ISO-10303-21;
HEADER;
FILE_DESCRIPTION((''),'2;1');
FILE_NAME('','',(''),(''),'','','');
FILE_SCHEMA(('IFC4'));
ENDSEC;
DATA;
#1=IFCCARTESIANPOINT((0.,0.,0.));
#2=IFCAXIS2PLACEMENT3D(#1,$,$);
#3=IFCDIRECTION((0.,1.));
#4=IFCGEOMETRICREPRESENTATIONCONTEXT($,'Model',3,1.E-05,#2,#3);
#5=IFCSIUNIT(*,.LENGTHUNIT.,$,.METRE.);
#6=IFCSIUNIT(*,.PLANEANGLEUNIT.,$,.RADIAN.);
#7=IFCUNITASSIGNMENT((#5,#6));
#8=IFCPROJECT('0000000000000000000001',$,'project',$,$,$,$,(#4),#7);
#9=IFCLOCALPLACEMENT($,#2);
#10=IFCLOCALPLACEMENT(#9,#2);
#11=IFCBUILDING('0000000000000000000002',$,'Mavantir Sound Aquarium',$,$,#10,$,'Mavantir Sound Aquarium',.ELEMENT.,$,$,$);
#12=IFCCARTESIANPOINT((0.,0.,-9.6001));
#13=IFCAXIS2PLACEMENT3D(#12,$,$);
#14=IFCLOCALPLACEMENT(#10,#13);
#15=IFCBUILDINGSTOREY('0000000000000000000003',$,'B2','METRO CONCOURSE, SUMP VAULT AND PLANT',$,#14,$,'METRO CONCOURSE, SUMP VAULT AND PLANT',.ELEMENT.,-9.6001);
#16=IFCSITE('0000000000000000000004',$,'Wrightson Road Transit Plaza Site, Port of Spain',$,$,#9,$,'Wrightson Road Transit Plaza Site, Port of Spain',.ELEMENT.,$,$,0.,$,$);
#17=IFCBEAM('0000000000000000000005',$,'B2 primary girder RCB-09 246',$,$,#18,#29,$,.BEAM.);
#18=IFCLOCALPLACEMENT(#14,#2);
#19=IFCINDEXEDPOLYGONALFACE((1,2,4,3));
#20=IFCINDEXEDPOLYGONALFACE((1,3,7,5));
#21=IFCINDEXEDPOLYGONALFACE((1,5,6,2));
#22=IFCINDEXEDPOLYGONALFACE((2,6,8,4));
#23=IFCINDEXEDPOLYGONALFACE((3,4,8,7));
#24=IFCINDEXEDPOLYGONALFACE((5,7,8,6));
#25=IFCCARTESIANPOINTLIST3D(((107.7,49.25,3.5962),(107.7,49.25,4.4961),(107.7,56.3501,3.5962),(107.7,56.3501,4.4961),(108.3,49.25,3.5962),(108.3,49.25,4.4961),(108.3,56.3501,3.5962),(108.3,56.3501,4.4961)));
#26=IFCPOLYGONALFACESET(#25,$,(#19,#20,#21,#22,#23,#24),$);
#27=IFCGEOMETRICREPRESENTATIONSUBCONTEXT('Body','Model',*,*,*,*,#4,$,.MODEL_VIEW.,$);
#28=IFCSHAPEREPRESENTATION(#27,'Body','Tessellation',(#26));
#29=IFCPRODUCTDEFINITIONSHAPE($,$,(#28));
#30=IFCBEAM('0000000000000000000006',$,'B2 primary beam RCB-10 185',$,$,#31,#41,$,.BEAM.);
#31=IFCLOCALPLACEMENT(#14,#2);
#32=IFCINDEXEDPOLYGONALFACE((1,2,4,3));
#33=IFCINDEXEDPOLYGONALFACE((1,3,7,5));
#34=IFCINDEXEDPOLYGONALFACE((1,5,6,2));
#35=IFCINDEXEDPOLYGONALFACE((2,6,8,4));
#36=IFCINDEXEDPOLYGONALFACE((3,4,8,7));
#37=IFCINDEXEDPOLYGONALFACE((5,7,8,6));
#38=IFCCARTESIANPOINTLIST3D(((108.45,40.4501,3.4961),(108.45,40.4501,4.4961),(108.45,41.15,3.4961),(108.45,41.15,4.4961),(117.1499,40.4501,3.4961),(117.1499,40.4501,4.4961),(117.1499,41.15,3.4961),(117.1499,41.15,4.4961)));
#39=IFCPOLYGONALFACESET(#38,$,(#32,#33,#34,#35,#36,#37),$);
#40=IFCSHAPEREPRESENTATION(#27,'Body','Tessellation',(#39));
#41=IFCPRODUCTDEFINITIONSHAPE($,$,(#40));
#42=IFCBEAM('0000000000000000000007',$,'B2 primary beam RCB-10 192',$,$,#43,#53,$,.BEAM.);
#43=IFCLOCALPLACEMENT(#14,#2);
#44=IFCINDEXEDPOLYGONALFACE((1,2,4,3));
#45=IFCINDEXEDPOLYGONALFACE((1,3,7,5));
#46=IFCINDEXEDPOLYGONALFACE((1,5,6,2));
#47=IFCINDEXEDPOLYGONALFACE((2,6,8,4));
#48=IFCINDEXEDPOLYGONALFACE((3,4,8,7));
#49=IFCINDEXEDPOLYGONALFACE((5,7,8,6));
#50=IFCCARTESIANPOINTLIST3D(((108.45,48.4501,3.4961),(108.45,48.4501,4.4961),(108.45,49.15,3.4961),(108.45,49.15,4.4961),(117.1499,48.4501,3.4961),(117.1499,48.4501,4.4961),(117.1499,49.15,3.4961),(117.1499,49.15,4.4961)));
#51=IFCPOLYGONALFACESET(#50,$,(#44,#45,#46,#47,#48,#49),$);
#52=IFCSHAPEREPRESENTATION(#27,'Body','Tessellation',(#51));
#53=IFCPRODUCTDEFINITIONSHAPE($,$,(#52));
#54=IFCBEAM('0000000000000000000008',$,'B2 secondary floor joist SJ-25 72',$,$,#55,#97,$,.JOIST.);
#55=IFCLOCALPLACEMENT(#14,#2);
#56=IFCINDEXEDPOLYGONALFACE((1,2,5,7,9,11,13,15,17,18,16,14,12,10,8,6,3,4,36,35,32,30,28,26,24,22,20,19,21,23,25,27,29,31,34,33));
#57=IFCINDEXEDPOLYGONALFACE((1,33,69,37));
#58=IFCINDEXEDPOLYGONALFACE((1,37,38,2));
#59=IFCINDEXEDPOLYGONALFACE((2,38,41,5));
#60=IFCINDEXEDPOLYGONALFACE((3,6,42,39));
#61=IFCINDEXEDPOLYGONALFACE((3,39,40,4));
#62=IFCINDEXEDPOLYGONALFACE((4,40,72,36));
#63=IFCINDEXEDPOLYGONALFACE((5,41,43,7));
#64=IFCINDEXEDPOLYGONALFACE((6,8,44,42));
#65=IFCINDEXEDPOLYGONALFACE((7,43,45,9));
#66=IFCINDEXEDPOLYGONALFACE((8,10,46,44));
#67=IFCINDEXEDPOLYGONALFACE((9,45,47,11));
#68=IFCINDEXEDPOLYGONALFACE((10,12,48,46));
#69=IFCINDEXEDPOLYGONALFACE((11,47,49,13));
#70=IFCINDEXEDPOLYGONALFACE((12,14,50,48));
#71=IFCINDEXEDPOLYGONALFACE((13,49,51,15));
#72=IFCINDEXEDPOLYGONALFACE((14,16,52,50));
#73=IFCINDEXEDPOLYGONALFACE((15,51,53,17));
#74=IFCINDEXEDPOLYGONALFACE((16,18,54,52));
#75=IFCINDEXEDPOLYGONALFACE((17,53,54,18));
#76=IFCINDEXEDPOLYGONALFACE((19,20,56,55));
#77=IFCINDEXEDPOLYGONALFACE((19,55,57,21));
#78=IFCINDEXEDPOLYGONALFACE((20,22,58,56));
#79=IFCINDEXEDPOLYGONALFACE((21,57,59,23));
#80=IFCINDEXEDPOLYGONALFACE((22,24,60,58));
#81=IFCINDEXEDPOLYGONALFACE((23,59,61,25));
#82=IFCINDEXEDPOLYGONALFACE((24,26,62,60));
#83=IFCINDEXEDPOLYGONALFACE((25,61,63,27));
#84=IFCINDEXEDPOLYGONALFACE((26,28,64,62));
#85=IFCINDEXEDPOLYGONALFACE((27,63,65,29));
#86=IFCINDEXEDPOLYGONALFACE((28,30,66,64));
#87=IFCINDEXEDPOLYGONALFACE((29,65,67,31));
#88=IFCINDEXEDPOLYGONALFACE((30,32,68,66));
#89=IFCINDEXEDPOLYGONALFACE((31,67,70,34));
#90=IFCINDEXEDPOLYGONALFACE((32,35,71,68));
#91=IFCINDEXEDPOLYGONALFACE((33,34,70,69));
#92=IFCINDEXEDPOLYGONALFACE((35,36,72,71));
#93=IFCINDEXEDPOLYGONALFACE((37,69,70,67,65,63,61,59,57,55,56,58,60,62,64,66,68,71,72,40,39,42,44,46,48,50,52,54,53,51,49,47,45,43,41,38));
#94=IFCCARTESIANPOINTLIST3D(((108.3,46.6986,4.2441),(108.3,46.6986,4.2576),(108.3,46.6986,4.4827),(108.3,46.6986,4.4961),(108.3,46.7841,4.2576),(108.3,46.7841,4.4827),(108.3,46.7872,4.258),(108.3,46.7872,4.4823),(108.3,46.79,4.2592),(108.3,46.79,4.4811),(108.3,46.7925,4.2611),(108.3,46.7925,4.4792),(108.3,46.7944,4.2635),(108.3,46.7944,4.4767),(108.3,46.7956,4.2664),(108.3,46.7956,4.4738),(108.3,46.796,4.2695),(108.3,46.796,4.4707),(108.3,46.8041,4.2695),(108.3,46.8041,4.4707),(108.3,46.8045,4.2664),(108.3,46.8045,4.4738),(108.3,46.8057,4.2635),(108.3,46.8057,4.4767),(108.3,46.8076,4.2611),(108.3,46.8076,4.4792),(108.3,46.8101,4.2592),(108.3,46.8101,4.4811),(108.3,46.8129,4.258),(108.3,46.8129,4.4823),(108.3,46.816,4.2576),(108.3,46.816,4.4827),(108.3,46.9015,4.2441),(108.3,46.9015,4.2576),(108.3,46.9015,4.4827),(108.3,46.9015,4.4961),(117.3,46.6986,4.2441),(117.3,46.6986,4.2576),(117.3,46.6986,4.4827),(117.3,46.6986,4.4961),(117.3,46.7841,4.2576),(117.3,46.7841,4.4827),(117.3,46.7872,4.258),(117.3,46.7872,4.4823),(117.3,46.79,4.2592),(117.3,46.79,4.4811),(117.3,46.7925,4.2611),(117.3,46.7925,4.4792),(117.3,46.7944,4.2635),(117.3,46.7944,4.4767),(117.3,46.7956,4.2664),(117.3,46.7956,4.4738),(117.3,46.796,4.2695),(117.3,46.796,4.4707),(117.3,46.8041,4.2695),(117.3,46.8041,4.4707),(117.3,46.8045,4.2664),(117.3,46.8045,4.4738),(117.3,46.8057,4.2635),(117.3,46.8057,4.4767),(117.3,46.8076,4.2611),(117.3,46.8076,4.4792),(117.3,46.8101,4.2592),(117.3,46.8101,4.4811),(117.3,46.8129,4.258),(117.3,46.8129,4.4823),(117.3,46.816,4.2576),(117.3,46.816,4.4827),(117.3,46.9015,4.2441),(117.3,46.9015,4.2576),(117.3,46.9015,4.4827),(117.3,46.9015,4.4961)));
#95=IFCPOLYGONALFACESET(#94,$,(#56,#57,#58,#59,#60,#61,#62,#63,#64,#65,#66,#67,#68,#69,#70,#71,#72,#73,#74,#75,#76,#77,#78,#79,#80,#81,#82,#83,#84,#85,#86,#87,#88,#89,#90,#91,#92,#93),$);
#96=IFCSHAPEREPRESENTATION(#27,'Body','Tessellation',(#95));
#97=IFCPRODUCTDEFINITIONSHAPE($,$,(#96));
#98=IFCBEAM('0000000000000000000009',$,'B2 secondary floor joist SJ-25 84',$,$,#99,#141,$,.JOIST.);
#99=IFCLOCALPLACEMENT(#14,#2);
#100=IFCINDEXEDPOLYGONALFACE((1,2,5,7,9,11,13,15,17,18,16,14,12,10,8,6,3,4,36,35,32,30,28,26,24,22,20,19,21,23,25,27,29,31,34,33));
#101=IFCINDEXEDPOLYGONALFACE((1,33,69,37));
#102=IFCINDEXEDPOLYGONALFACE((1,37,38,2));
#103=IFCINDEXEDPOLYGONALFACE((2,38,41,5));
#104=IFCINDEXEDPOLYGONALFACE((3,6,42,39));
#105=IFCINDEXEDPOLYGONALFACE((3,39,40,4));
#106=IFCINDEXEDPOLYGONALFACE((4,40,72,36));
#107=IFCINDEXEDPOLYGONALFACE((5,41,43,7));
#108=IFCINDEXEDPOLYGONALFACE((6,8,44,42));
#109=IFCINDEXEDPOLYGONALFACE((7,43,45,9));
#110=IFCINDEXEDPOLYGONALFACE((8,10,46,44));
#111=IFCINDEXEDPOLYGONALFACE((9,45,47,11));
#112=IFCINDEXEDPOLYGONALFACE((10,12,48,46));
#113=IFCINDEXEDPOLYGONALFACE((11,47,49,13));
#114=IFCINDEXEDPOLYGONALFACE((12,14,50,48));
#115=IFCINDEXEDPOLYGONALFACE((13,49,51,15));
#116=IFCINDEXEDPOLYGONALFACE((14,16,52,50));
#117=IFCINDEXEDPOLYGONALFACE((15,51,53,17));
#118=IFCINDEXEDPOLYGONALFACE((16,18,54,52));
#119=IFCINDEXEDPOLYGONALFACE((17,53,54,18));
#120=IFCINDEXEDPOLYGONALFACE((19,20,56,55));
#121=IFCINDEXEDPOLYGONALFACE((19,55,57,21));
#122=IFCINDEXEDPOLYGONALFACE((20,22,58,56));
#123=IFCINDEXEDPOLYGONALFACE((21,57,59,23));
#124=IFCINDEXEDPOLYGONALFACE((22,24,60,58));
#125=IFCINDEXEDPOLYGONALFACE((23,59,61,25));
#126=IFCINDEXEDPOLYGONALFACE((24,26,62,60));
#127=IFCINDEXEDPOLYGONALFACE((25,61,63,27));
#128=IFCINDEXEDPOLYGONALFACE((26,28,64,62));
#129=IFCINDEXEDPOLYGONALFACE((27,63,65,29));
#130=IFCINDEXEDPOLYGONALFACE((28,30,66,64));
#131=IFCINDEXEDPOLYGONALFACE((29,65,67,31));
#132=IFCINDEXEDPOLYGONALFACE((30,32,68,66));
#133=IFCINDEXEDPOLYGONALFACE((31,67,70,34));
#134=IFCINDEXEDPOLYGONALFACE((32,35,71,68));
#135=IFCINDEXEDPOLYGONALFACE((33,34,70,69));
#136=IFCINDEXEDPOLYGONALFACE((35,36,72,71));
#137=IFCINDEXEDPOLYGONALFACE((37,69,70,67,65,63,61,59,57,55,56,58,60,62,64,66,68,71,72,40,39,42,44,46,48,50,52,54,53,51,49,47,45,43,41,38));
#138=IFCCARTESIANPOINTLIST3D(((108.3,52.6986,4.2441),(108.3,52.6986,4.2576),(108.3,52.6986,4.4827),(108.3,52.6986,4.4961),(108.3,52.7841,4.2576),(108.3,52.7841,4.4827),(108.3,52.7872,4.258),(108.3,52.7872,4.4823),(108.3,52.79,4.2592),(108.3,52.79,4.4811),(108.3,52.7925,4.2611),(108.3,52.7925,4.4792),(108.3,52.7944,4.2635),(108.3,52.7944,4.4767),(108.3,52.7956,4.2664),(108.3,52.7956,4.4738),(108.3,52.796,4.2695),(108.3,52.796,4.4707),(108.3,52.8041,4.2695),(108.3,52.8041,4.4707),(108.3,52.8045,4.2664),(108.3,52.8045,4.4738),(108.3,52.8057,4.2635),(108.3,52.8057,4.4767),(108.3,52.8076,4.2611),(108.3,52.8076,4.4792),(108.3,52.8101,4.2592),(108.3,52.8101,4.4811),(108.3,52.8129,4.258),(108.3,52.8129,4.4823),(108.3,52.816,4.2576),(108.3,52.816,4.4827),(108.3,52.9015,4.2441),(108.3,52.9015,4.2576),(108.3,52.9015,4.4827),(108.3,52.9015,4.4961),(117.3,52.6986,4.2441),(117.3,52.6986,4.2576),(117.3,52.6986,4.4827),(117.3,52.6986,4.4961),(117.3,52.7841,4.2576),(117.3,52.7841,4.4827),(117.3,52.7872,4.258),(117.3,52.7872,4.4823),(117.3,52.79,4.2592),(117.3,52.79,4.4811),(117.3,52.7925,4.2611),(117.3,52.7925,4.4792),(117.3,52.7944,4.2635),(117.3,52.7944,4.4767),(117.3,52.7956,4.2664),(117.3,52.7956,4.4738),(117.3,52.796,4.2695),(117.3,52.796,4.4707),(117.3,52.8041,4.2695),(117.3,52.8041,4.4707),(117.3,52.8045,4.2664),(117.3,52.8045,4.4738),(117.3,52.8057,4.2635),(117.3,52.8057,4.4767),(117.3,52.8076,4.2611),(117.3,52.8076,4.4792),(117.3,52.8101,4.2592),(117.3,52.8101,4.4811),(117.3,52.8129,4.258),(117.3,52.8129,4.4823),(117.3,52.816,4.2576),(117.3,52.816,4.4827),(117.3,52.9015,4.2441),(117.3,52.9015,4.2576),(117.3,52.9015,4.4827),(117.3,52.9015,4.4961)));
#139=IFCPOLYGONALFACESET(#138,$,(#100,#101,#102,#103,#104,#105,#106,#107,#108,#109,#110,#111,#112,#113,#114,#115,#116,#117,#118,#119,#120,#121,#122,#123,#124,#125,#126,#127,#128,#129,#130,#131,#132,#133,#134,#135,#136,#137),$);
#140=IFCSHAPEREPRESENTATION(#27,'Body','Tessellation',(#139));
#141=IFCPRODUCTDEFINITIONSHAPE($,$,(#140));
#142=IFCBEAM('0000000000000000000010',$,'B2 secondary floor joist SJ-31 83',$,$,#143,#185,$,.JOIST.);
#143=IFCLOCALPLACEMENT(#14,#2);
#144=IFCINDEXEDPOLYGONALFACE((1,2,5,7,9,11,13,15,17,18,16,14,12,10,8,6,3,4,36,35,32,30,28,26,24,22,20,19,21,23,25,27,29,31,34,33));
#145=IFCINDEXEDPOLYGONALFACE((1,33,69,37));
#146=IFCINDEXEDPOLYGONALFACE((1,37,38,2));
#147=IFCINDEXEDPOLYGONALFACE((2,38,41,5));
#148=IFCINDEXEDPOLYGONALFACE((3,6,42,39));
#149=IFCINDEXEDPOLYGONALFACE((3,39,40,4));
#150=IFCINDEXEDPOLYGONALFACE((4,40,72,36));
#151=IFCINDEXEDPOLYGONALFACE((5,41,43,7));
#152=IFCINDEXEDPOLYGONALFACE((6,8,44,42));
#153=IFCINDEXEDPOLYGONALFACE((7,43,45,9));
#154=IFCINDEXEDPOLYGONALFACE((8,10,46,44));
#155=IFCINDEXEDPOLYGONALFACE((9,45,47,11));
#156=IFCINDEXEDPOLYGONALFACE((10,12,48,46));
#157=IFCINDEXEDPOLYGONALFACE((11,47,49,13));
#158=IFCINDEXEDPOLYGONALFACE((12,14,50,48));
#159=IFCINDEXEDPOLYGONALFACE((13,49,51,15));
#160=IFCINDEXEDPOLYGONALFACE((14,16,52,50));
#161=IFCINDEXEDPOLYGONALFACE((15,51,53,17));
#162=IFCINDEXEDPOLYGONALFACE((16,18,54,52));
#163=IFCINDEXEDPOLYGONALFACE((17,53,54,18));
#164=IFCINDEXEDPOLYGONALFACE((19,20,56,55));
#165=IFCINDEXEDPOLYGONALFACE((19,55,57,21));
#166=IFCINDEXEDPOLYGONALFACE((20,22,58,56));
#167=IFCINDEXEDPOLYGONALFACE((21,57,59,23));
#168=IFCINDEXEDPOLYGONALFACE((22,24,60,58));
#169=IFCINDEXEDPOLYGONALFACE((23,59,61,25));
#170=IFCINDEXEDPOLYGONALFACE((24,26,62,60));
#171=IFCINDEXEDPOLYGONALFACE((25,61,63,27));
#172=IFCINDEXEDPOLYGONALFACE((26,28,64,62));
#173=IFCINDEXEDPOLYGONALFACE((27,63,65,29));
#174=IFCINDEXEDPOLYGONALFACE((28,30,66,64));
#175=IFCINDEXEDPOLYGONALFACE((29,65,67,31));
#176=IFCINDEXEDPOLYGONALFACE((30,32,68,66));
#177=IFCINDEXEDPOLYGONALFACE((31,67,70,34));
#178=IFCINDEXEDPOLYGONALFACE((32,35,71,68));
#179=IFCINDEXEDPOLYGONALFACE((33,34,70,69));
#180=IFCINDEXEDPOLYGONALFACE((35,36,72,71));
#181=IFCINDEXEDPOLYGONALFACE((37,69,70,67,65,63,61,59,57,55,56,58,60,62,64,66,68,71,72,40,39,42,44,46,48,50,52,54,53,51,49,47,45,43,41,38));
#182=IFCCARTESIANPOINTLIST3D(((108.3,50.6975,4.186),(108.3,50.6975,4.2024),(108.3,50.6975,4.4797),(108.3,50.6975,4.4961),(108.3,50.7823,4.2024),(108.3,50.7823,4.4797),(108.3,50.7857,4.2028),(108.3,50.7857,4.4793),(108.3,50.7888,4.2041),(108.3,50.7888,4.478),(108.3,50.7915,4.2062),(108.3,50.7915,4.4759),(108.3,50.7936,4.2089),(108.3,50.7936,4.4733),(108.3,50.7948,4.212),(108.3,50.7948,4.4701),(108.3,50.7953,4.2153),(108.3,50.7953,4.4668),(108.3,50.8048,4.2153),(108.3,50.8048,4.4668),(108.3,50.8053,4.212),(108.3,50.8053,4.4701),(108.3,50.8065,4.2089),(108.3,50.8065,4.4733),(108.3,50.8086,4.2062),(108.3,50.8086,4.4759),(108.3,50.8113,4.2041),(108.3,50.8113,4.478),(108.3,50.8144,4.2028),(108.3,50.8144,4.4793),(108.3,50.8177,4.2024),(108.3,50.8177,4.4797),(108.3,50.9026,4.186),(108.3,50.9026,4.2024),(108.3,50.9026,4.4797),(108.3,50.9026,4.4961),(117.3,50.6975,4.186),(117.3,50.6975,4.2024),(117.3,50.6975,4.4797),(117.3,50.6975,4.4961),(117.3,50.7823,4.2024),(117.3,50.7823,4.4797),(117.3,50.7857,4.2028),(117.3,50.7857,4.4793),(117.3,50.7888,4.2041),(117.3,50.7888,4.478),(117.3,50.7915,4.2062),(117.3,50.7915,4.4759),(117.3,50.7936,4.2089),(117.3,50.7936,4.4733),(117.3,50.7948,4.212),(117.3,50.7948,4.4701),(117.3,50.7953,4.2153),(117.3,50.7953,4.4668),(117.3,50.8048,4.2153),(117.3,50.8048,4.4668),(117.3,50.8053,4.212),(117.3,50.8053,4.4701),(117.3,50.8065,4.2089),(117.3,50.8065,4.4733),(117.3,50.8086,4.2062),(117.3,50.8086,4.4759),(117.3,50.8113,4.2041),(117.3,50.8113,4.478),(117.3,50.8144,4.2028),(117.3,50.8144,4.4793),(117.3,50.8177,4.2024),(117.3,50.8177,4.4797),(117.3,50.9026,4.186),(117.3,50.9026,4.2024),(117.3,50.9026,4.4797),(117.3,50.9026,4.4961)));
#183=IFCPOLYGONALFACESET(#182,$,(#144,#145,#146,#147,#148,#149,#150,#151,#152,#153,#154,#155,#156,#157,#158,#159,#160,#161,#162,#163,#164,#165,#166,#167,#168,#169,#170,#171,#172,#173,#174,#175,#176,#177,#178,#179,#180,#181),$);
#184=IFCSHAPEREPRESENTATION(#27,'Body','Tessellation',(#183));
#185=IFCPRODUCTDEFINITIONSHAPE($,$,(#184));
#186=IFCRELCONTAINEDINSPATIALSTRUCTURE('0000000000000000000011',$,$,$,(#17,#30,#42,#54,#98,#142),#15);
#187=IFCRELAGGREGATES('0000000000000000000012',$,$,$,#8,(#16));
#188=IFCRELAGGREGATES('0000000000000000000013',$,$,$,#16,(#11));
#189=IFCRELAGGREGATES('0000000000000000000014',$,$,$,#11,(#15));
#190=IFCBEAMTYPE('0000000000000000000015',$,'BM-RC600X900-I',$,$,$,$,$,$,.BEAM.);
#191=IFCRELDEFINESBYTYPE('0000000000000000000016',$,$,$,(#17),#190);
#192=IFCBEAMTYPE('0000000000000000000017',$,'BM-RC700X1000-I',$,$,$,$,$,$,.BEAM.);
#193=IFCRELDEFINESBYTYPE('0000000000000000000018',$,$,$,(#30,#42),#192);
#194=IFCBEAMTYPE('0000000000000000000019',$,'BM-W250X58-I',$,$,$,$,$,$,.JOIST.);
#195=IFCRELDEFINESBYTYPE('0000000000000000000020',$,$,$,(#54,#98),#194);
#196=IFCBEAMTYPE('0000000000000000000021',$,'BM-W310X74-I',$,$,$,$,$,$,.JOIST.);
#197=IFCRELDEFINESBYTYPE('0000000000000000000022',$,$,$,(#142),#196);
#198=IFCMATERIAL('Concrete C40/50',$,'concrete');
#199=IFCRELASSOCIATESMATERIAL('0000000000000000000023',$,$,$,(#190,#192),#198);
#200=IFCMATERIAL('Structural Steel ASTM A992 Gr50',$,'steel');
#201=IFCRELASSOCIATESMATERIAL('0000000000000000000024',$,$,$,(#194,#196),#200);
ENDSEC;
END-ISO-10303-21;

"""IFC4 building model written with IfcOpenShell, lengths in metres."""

from ifc_helpers import new_model, si_unit, direction, frame, origin, origin_2d, place, context, subcontext, project, spatial, rectangle, i_section, extrude, material, material_profile, profile_set, type_object, element, save


model = new_model("IFC4")

# Units and contexts
model_context = context("Model", 3, precision=1e-05, world=origin(), true_north=direction((0.0, 1.0)))
body_context = subcontext(model_context, "Body", "Model", "MODEL_VIEW")
ifc_project = project(units=[si_unit("LENGTHUNIT", "METRE"), si_unit("PLANEANGLEUNIT", "RADIAN")], contexts=[model_context])

# Site, building, storey
site_placement = place(None, origin())
site = spatial("IfcSite", under=ifc_project, at=site_placement, Name="Wrightson Road Transit Plaza Site, Port of Spain", LongName="Wrightson Road Transit Plaza Site, Port of Spain", CompositionType="ELEMENT", RefElevation=0.0)
building_placement = place(site_placement, origin())
building = spatial("IfcBuilding", under=site, at=building_placement, Name="Mavantir Sound Aquarium", LongName="Mavantir Sound Aquarium", CompositionType="ELEMENT")
storey_placement = place(building_placement, frame((0.0, 0.0, -9.6001)))
storey = spatial("IfcBuildingStorey", under=building, at=storey_placement, Name="B2", Description="METRO CONCOURSE, SUMP VAULT AND PLANT", LongName="METRO CONCOURSE, SUMP VAULT AND PLANT", CompositionType="ELEMENT", Elevation=-9.6001)

# Shared definitions
ifc_material_1 = material(Name="Concrete C40/50", Category="concrete")

# Beams
ifc_material_profile_1 = material_profile(ifc_material_1, rectangle(XDim=0.6001, YDim=0.8999, at=origin_2d()), Name="RC 600X900")
ifc_profile_set_1 = profile_set([ifc_material_profile_1], Name="Concrete C40/50")
beam_type_1 = type_object("IfcBeamType", Name="BM-RC600X900-I", PredefinedType="BEAM", material=ifc_profile_set_1)
for number, where, z_axis, x_axis, name in (
    (1, (108.0, 49.25, 4.0461), (0.0, 1.0, 0.0), (-1.0, 0.0, 0.0), "B2 primary girder RCB-09 246"),
):
    element("IfcBeam", number, at=place(storey_placement, frame(where, z_axis=z_axis, x_axis=x_axis)), inside=storey, type_object=beam_type_1, Name=name, PredefinedType="BEAM", context=body_context, shape_type="SweptSolid", body=[
        extrude(rectangle(XDim=0.6001, YDim=0.8999, at=origin_2d()), origin(), (0.0, 0.0, 1.0), 7.1001),
    ])
ifc_material_profile_2 = material_profile(ifc_material_1, rectangle(XDim=0.7, YDim=1.0, at=origin_2d()), Name="RC 700X1000")
ifc_profile_set_2 = profile_set([ifc_material_profile_2], Name="Concrete C40/50")
beam_type_2 = type_object("IfcBeamType", Name="BM-RC700X1000-I", PredefinedType="BEAM", material=ifc_profile_set_2)
for number, where, z_axis, x_axis, name in (
    (2, (108.45, 40.8, 3.9961), (1.0, 0.0, 0.0), (0.0, 1.0, 0.0), "B2 primary beam RCB-10 185"),
    (3, (108.45, 48.8, 3.9961), (1.0, 0.0, 0.0), (0.0, 1.0, 0.0), "B2 primary beam RCB-10 192"),
):
    element("IfcBeam", number, at=place(storey_placement, frame(where, z_axis=z_axis, x_axis=x_axis)), inside=storey, type_object=beam_type_2, Name=name, PredefinedType="BEAM", context=body_context, shape_type="SweptSolid", body=[
        extrude(rectangle(XDim=0.7, YDim=1.0, at=origin_2d()), origin(), (0.0, 0.0, 1.0), 8.7),
    ])
ifc_material_2 = material(Name="Structural Steel ASTM A992 Gr50", Category="steel")
ifc_material_profile_3 = material_profile(ifc_material_2, i_section(OverallWidth=0.2029, OverallDepth=0.252, WebThickness=0.0081, FlangeThickness=0.0134, FilletRadius=0.012, at=origin_2d()), Name="W250X58")
ifc_profile_set_3 = profile_set([ifc_material_profile_3], Name="Structural Steel ASTM A992 Gr50")
beam_type_3 = type_object("IfcBeamType", Name="BM-W250X58-I", PredefinedType="JOIST", material=ifc_profile_set_3)
for number, where, z_axis, x_axis, name in (
    (4, (108.3, 46.8, 4.3701), (1.0, 0.0, 0.0), (0.0, 1.0, 0.0), "B2 secondary floor joist SJ-25 72"),
    (5, (108.3, 52.8, 4.3701), (1.0, 0.0, 0.0), (0.0, 1.0, 0.0), "B2 secondary floor joist SJ-25 84"),
):
    element("IfcBeam", number, at=place(storey_placement, frame(where, z_axis=z_axis, x_axis=x_axis)), inside=storey, type_object=beam_type_3, Name=name, PredefinedType="JOIST", context=body_context, shape_type="SweptSolid", body=[
        extrude(i_section(OverallWidth=0.2029, OverallDepth=0.252, WebThickness=0.0081, FlangeThickness=0.0134, FilletRadius=0.012, at=origin_2d()), origin(), (0.0, 0.0, 1.0), 9.0),
    ])
ifc_material_profile_4 = material_profile(ifc_material_2, i_section(OverallWidth=0.2051, OverallDepth=0.3101, WebThickness=0.0095, FlangeThickness=0.0164, FilletRadius=0.0129, at=origin_2d()), Name="W310X74")
ifc_profile_set_4 = profile_set([ifc_material_profile_4], Name="Structural Steel ASTM A992 Gr50")
beam_type_4 = type_object("IfcBeamType", Name="BM-W310X74-I", PredefinedType="JOIST", material=ifc_profile_set_4)
beam_1_placement = place(storey_placement, frame((108.3, 50.8, 4.3411), z_axis=(1.0, 0.0, 0.0), x_axis=(0.0, 1.0, 0.0)))
element("IfcBeam", 6, at=beam_1_placement, inside=storey, type_object=beam_type_4, Name="B2 secondary floor joist SJ-31 83", PredefinedType="JOIST", context=body_context, shape_type="SweptSolid", body=[
    extrude(i_section(OverallWidth=0.2051, OverallDepth=0.3101, WebThickness=0.0095, FlangeThickness=0.0164, FilletRadius=0.0129, at=origin_2d()), origin(), (0.0, 0.0, 1.0), 9.0),
])

save(model, "model.ifc")
